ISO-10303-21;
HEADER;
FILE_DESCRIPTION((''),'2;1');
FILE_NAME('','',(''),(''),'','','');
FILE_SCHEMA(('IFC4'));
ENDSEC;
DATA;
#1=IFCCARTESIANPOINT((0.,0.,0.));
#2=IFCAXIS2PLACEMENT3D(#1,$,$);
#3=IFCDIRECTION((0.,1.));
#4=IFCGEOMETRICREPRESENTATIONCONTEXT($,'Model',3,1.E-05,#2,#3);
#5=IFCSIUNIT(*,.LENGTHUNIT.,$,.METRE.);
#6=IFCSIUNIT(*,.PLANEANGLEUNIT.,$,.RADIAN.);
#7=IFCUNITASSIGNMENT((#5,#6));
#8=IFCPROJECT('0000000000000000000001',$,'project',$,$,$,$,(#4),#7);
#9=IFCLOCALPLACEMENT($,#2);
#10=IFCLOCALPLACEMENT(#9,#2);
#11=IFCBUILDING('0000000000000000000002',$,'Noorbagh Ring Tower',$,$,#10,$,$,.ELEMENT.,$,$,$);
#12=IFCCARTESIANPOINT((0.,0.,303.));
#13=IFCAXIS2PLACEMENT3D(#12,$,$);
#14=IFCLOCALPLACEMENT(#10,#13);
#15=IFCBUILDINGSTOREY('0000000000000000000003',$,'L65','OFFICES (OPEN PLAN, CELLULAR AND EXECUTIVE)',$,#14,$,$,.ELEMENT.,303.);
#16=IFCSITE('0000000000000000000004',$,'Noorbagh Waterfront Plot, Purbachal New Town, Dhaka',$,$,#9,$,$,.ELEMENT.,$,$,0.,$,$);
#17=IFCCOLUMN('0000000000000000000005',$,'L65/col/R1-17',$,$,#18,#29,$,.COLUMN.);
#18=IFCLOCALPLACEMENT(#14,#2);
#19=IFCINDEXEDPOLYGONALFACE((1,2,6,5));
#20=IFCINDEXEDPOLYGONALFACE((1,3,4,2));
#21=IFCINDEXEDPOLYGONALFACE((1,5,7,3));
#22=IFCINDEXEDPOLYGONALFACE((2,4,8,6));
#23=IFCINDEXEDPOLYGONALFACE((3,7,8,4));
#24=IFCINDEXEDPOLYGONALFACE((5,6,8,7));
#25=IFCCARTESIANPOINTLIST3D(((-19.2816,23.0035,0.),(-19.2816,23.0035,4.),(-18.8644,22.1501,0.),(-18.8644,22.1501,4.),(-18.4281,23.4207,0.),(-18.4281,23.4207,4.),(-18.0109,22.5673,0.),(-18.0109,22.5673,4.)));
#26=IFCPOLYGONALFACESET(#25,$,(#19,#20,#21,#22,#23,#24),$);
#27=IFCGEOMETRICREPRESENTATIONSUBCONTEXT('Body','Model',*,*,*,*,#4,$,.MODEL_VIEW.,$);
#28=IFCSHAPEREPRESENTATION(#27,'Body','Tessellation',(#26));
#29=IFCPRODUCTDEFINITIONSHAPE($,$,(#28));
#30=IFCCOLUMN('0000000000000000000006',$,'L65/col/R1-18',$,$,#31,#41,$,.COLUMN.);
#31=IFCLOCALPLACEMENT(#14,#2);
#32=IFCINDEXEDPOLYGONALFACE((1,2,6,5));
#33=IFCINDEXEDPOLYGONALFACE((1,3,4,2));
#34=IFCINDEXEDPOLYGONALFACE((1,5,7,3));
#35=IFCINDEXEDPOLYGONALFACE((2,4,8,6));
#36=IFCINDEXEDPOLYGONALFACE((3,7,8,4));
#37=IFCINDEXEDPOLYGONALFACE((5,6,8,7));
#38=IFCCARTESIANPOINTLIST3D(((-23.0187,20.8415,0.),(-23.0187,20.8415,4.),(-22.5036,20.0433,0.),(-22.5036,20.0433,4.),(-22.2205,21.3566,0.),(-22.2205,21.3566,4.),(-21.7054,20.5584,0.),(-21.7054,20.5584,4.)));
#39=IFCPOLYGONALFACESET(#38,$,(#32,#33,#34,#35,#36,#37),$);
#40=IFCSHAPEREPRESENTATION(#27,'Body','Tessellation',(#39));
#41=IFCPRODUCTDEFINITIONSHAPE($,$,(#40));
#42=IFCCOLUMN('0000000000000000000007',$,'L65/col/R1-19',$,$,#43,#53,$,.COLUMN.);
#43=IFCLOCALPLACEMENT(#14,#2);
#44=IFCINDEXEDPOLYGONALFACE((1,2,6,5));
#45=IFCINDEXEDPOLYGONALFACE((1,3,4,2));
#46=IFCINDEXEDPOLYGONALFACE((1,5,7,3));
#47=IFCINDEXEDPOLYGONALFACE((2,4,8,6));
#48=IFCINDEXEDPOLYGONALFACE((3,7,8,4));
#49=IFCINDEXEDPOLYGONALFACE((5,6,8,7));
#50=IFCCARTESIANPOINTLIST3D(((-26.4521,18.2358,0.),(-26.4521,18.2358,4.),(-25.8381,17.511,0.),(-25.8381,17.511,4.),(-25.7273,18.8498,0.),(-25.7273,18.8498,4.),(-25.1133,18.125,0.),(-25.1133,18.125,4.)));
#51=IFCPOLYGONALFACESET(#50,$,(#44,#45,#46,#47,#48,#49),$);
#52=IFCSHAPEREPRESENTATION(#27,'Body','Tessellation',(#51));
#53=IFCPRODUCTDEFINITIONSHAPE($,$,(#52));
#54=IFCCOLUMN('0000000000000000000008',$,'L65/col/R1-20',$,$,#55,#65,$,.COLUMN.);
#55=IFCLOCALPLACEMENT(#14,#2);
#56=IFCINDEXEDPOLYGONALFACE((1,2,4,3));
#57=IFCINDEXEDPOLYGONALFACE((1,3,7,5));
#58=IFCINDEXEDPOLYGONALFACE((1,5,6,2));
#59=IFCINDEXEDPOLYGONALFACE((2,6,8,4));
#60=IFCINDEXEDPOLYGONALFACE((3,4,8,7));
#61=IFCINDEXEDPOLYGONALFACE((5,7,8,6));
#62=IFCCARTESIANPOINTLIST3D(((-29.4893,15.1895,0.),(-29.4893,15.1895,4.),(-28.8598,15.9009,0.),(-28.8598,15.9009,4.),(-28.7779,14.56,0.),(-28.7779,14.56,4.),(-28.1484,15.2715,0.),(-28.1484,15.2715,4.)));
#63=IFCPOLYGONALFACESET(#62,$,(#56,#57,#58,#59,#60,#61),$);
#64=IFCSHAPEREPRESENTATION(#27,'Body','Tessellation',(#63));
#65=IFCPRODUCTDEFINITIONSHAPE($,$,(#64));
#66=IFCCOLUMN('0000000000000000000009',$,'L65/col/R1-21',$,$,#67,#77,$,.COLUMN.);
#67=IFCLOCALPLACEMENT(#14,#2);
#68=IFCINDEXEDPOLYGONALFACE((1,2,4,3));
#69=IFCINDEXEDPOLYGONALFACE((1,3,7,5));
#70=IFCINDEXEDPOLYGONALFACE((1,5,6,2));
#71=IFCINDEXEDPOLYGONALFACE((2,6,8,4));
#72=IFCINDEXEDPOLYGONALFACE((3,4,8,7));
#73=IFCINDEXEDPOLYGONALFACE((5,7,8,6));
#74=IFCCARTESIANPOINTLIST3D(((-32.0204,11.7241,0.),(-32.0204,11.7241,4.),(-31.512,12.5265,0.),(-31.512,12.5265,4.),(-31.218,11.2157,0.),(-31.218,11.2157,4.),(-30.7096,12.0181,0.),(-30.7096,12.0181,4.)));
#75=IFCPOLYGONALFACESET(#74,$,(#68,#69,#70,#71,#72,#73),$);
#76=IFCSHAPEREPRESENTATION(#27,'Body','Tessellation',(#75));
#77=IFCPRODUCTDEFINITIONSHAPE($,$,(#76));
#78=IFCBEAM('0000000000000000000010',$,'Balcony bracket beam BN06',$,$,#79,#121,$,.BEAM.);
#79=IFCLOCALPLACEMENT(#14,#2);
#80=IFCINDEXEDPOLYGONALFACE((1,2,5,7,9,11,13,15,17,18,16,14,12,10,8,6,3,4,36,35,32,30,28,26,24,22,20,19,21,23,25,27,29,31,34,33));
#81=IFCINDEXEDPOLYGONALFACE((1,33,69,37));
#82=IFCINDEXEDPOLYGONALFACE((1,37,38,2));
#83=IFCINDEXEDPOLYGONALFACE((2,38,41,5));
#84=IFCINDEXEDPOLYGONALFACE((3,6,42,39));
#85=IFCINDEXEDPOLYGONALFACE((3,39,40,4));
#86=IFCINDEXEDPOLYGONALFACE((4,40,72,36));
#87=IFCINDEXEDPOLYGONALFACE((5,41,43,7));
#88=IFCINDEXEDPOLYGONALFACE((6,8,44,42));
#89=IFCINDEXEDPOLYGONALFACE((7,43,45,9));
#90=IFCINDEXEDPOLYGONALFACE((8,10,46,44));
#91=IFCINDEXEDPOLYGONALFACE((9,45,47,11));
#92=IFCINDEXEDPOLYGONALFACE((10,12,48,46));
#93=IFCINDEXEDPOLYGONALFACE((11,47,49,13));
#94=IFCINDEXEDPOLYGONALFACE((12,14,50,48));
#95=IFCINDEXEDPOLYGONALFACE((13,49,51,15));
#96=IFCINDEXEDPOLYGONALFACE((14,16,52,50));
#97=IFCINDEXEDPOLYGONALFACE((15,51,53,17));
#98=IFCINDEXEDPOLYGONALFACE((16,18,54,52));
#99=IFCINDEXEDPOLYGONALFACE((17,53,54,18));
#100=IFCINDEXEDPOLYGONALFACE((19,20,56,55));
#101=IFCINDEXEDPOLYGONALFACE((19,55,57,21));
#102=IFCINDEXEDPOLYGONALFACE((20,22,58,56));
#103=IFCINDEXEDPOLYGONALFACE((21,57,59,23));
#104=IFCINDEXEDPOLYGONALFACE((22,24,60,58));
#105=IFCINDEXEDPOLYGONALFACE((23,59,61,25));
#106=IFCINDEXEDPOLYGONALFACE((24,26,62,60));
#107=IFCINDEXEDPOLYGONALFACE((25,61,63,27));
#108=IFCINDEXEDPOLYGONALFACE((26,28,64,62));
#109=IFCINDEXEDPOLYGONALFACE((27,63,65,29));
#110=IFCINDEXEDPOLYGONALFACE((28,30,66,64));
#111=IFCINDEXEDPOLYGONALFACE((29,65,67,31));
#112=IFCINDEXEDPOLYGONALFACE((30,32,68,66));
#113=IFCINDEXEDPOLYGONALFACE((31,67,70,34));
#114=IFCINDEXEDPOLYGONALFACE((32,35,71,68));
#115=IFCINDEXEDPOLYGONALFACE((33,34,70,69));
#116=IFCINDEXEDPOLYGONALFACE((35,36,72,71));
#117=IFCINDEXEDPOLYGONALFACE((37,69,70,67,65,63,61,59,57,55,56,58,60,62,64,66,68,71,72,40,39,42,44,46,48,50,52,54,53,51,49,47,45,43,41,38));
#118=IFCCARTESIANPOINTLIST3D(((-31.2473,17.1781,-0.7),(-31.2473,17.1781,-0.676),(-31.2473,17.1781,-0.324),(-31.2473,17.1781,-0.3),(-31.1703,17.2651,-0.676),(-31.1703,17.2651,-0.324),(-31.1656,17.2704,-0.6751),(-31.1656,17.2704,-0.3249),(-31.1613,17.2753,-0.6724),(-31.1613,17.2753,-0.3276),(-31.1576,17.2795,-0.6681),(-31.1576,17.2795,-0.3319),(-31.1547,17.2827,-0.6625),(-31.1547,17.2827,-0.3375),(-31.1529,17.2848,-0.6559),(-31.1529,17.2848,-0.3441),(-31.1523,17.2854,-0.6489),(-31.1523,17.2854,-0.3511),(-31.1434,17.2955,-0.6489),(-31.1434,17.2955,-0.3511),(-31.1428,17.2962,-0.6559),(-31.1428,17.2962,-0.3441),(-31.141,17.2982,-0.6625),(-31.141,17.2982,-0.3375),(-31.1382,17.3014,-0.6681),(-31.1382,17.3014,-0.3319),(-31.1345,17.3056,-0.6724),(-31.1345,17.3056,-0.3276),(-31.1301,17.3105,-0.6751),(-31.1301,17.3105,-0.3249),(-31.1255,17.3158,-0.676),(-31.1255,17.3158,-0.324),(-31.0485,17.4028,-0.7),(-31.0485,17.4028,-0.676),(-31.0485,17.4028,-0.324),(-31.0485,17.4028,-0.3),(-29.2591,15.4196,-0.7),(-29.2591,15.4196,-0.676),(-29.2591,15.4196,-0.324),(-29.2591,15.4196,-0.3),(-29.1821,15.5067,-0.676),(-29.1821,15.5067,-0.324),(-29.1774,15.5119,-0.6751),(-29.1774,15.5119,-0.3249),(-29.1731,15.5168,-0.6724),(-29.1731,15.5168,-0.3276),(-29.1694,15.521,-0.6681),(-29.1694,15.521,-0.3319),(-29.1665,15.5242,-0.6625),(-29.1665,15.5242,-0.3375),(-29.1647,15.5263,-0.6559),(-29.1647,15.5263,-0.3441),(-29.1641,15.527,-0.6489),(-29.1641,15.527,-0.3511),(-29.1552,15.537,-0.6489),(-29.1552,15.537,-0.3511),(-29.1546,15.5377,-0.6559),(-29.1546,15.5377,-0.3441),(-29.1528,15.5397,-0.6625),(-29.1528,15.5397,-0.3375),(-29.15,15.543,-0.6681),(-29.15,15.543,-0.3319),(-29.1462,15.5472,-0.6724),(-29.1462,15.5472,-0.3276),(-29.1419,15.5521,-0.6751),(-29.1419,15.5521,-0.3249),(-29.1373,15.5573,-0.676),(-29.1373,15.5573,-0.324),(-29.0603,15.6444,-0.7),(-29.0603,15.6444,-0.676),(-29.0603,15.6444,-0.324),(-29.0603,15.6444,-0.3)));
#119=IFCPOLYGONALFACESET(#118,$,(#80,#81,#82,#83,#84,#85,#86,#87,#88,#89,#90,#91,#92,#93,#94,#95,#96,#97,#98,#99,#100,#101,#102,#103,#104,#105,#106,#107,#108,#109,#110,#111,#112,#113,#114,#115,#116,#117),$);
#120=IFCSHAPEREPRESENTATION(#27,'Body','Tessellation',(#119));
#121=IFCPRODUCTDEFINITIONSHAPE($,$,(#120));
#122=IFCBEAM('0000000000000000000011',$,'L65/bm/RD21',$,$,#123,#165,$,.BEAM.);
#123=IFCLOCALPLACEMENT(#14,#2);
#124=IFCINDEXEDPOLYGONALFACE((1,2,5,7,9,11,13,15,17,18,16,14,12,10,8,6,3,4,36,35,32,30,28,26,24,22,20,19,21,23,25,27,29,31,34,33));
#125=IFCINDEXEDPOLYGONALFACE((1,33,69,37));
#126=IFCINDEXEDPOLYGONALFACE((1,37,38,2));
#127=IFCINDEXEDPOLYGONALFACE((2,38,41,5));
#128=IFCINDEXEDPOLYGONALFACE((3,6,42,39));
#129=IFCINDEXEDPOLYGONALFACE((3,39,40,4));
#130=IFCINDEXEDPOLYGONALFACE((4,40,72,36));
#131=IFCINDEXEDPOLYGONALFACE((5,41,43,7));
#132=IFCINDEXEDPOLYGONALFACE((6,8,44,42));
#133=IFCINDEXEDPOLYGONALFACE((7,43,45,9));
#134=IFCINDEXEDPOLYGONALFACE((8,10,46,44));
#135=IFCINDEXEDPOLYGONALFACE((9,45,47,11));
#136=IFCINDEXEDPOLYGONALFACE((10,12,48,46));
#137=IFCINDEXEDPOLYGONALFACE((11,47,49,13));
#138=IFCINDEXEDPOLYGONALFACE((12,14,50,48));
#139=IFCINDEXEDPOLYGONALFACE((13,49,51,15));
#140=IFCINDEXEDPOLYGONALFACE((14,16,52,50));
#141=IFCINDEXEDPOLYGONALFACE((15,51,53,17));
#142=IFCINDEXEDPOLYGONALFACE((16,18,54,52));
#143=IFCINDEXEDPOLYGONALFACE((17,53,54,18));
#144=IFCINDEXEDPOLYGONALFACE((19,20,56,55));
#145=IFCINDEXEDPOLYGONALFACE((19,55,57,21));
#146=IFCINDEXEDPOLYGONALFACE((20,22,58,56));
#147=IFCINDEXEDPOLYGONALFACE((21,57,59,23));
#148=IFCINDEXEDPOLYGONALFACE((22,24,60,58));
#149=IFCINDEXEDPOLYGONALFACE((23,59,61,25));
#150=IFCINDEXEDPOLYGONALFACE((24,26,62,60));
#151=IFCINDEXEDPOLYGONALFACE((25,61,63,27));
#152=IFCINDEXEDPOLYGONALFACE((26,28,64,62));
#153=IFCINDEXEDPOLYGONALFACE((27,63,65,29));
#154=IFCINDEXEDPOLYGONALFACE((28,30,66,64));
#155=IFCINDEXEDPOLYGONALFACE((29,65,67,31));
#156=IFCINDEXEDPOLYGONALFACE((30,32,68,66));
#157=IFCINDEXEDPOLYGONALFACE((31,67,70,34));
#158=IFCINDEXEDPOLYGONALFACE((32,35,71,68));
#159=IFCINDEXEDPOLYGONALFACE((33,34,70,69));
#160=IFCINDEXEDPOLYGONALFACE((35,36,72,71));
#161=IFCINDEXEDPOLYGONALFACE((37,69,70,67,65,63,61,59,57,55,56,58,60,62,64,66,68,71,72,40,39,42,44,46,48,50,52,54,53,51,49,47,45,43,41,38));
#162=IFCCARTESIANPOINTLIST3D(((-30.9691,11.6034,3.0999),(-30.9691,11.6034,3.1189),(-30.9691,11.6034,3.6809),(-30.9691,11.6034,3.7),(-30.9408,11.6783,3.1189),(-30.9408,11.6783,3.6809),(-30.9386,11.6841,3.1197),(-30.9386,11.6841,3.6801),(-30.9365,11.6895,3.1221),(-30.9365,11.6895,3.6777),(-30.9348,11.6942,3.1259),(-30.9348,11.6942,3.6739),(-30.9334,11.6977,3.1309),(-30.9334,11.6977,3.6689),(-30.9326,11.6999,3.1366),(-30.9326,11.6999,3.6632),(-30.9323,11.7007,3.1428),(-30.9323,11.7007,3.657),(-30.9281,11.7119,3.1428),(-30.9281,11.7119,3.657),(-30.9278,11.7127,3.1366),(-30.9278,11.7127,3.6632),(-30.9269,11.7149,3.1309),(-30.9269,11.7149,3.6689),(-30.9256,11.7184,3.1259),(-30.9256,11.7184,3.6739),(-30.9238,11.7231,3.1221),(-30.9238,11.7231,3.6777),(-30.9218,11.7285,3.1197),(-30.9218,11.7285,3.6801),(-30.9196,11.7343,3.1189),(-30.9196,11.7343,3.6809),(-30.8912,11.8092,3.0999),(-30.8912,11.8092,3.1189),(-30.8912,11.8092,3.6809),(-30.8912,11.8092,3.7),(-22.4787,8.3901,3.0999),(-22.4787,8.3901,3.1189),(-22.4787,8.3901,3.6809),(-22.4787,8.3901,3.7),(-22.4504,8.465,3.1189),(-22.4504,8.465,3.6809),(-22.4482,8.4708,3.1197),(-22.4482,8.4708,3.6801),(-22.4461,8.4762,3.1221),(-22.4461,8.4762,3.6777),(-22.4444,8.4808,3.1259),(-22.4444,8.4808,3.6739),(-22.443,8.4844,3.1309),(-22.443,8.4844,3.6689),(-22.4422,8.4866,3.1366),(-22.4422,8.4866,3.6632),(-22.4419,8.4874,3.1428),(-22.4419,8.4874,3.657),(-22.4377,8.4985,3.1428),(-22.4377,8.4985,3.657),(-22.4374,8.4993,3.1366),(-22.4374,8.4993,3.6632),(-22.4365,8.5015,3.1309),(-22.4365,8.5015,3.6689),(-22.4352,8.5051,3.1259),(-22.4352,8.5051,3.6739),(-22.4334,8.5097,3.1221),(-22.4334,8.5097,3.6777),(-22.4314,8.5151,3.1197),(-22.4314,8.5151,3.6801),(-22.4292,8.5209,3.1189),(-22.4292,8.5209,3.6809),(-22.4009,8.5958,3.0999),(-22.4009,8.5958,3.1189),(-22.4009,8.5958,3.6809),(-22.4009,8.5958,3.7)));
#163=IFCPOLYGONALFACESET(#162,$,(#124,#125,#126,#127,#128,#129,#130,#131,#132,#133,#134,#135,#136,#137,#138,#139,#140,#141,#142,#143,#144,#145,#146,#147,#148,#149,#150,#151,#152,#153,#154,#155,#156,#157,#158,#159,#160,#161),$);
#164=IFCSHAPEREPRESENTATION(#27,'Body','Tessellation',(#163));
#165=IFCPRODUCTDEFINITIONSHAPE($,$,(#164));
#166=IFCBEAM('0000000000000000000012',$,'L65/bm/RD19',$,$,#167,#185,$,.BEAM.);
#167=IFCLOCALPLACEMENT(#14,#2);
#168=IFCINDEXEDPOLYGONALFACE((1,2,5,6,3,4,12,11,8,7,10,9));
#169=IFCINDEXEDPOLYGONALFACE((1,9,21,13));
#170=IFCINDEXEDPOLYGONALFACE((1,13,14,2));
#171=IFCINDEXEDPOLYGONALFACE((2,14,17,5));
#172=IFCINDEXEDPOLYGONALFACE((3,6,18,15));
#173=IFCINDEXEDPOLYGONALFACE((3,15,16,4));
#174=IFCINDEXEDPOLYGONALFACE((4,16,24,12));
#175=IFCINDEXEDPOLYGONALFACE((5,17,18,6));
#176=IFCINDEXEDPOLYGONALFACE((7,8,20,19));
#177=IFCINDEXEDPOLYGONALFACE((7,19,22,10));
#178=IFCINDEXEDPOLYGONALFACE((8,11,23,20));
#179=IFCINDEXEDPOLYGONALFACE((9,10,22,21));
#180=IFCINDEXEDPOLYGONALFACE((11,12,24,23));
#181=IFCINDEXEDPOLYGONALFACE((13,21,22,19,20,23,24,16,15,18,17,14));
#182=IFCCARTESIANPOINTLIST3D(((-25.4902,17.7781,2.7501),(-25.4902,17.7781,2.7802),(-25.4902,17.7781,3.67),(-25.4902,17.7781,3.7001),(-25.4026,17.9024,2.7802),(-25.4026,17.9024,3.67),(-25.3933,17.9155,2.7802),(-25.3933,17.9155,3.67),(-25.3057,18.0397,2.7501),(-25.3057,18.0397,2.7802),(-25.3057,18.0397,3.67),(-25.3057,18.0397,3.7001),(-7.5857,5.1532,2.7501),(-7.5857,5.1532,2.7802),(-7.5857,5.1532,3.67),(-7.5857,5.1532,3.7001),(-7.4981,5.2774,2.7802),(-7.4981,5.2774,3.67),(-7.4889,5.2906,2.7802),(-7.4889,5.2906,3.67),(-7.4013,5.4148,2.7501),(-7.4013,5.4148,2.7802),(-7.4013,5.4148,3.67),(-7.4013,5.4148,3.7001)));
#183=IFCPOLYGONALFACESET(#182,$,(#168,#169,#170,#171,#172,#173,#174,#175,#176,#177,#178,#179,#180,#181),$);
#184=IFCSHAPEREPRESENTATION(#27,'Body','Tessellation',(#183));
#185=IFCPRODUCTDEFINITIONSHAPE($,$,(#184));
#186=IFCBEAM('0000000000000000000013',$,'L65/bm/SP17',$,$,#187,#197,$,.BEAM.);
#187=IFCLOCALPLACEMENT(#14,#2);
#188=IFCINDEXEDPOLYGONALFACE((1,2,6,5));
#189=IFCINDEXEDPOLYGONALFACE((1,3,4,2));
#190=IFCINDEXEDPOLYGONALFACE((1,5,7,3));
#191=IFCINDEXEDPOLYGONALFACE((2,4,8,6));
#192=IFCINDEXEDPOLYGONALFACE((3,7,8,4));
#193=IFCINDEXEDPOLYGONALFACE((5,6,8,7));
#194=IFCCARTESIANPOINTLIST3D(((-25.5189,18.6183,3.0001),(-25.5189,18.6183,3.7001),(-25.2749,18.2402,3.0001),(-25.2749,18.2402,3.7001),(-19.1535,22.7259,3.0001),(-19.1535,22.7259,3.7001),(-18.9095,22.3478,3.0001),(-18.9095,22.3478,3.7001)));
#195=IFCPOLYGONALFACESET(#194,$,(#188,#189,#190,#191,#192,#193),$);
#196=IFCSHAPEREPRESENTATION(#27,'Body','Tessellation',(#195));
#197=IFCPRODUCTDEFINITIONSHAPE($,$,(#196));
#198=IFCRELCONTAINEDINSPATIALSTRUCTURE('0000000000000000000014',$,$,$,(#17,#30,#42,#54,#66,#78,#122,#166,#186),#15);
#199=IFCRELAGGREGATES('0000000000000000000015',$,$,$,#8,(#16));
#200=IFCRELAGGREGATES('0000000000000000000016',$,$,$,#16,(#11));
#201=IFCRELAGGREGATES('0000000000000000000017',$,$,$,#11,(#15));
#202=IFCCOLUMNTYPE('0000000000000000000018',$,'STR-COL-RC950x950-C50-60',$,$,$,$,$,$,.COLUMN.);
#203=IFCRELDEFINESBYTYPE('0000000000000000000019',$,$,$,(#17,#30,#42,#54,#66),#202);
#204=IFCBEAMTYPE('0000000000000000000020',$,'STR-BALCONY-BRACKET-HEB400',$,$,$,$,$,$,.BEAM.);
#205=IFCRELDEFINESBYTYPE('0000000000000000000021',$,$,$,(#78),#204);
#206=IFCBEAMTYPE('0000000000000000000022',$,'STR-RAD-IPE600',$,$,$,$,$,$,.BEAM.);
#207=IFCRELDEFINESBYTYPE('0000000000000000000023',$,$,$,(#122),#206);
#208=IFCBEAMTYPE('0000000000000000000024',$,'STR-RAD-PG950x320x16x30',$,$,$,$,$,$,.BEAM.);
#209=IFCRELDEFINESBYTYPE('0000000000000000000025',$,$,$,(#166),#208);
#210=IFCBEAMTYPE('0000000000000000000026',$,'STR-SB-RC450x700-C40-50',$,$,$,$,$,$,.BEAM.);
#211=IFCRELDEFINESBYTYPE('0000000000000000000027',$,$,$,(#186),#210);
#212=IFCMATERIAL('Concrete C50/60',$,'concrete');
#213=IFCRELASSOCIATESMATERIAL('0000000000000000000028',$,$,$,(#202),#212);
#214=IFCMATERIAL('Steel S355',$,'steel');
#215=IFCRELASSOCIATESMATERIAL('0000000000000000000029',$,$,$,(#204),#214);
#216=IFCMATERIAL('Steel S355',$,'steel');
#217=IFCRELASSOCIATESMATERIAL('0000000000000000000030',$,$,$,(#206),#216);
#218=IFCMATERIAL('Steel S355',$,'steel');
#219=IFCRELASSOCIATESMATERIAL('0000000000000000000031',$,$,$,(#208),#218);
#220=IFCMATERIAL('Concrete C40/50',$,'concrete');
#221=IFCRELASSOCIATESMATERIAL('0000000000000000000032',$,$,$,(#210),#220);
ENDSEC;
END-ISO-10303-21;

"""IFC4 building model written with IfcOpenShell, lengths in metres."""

from ifc_helpers import new_model, si_unit, direction, frame, origin, origin_2d, place, context, subcontext, project, spatial, rectangle, i_section, extrude, material, material_profile, profile_set, type_object, element, save


model = new_model("IFC4")

# Units and contexts
model_context = context("Model", 3, precision=1e-05, world=origin(), true_north=direction((0.0, 1.0)))
body_context = subcontext(model_context, "Body", "Model", "MODEL_VIEW")
ifc_project = project(units=[si_unit("LENGTHUNIT", "METRE"), si_unit("PLANEANGLEUNIT", "RADIAN")], contexts=[model_context])

# Site, building, storey
site_placement = place(None, origin())
site = spatial("IfcSite", under=ifc_project, at=site_placement, Name="Noorbagh Waterfront Plot, Purbachal New Town, Dhaka", CompositionType="ELEMENT", RefElevation=0.0)
building_placement = place(site_placement, origin())
building = spatial("IfcBuilding", under=site, at=building_placement, Name="Noorbagh Ring Tower", CompositionType="ELEMENT")
storey_placement = place(building_placement, frame((0.0, 0.0, 303.0)))
storey = spatial("IfcBuildingStorey", under=building, at=storey_placement, Name="L65", Description="OFFICES (OPEN PLAN, CELLULAR AND EXECUTIVE)", CompositionType="ELEMENT", Elevation=303.0)

# Columns
ifc_material_1 = material(Name="Concrete C50/60", Category="concrete")
ifc_material_profile_1 = material_profile(ifc_material_1, rectangle(XDim=0.95, YDim=0.95, at=origin_2d()), Name="RC950x950")
ifc_profile_set_1 = profile_set([ifc_material_profile_1], Name="Concrete C50/60")
column_type = type_object("IfcColumnType", Name="STR-COL-RC950x950-C50-60", PredefinedType="COLUMN", material=ifc_profile_set_1)
for number, where, z_axis, x_axis, name in (
    (1, (-18.6462, 22.7854, 0.0), (0.0, 0.0, 1.0), (-0.898399, -0.43918, 0.0), "L65/col/R1-17"),
    (2, (-22.3621, 20.7, 0.0), (0.0, 0.0, 1.0), (-0.840248, -0.542203, 0.0), "L65/col/R1-18"),
    (3, (-25.7827, 18.1804, 0.0), (0.0, 0.0, 1.0), (-0.763035, -0.646357, 0.0), "L65/col/R1-19"),
    (4, (-28.8188, 15.2305, 0.0), (0.0, 0.0, 1.0), (-0.662636, -0.748942, 0.0), "L65/col/R1-20"),
    (5, (-31.365, 11.8711, 0.0), (0.0, 0.0, 1.0), (-0.53519, -0.844731, 0.0), "L65/col/R1-21"),
):
    element("IfcColumn", number, at=place(storey_placement, frame(where, z_axis=z_axis, x_axis=x_axis)), inside=storey, type_object=column_type, Name=name, PredefinedType="COLUMN", context=body_context, shape_type="SweptSolid", body=[
        extrude(rectangle(XDim=0.95, YDim=0.95, at=origin_2d()), origin(), (0.0, 0.0, 1.0), 4.0),
    ])

# Beams
ifc_material_2 = material(Name="Steel S355", Category="steel")
ifc_material_profile_2 = material_profile(ifc_material_2, i_section(OverallWidth=0.3, OverallDepth=0.3999, WebThickness=0.0134, FlangeThickness=0.0239, FilletRadius=0.0271, at=origin_2d()), Name="HEB400")
ifc_profile_set_2 = profile_set([ifc_material_profile_2], Name="Steel S355")
beam_type_1 = type_object("IfcBeamType", Name="STR-BALCONY-BRACKET-HEB400", PredefinedType="BEAM", material=ifc_profile_set_2)
beam_1_placement = place(storey_placement, frame((-29.1597, 15.532, -0.5), z_axis=(-0.749056, 0.662506, 0.0), x_axis=(-0.662506, -0.749056, 0.0)))
element("IfcBeam", 6, at=beam_1_placement, inside=storey, type_object=beam_type_1, Name="Balcony bracket beam BN06", PredefinedType="BEAM", context=body_context, shape_type="SweptSolid", body=[
    extrude(i_section(OverallWidth=0.3, OverallDepth=0.3999, WebThickness=0.0134, FlangeThickness=0.0239, FilletRadius=0.0271, at=origin_2d()), origin(), (0.0, 0.0, 1.0), 2.6543),
])
ifc_material_3 = material(Name="Steel S355", Category="steel")
ifc_material_profile_3 = material_profile(ifc_material_3, i_section(OverallWidth=0.22, OverallDepth=0.6001, WebThickness=0.012, FlangeThickness=0.019, FilletRadius=0.0239, at=origin_2d()), Name="IPE600")
ifc_profile_set_3 = profile_set([ifc_material_profile_3], Name="Steel S355")
beam_type_2 = type_object("IfcBeamType", Name="STR-RAD-IPE600", PredefinedType="BEAM", material=ifc_profile_set_3)
beam_2_placement = place(storey_placement, frame((-30.9302, 11.7063, 3.3999), z_axis=(0.935258, -0.353966, 0.0), x_axis=(0.353966, 0.935258, 0.0)))
element("IfcBeam", 7, at=beam_2_placement, inside=storey, type_object=beam_type_2, Name="L65/bm/RD21", PredefinedType="BEAM", context=body_context, shape_type="SweptSolid", body=[
    extrude(i_section(OverallWidth=0.22, OverallDepth=0.6001, WebThickness=0.012, FlangeThickness=0.019, FilletRadius=0.0239, at=origin_2d()), origin(), (0.0, 0.0, 1.0), 9.0781),
])
ifc_material_4 = material(Name="Steel S355", Category="steel")
ifc_material_profile_4 = material_profile(ifc_material_4, i_section(OverallWidth=0.3201, OverallDepth=0.95, WebThickness=0.0161, FlangeThickness=0.03, at=origin_2d()), Name="PG950x320x16x30")
ifc_profile_set_4 = profile_set([ifc_material_profile_4], Name="Steel S355")
beam_type_3 = type_object("IfcBeamType", Name="STR-RAD-PG950x320x16x30", PredefinedType="BEAM", material=ifc_profile_set_4)
beam_3_placement = place(storey_placement, frame((-25.3979, 17.9089, 3.2251), z_axis=(0.817258, -0.576272, 0.0), x_axis=(0.576272, 0.817258, 0.0)))
element("IfcBeam", 8, at=beam_3_placement, inside=storey, type_object=beam_type_3, Name="L65/bm/RD19", PredefinedType="BEAM", context=body_context, shape_type="SweptSolid", body=[
    extrude(i_section(OverallWidth=0.3201, OverallDepth=0.95, WebThickness=0.0161, FlangeThickness=0.03, at=origin_2d()), origin(), (0.0, 0.0, 1.0), 21.908),
])
ifc_material_5 = material(Name="Concrete C40/50", Category="concrete")
ifc_material_profile_5 = material_profile(ifc_material_5, rectangle(XDim=0.45, YDim=0.7, at=origin_2d()), Name="RC450x700")
ifc_profile_set_5 = profile_set([ifc_material_profile_5], Name="Concrete C40/50")
beam_type_4 = type_object("IfcBeamType", Name="STR-SB-RC450x700-C40-50", PredefinedType="BEAM", material=ifc_profile_set_5)
beam_4_placement = place(storey_placement, frame((-19.0315, 22.5369, 3.3501), z_axis=(-0.840242, -0.542211, 0.0), x_axis=(0.542211, -0.840242, 0.0)))
element("IfcBeam", 9, at=beam_4_placement, inside=storey, type_object=beam_type_4, Name="L65/bm/SP17", PredefinedType="BEAM", context=body_context, shape_type="SweptSolid", body=[
    extrude(rectangle(XDim=0.45, YDim=0.7, at=origin_2d()), origin(), (0.0, 0.0, 1.0), 7.5757),
])

save(model, "model.ifc")
